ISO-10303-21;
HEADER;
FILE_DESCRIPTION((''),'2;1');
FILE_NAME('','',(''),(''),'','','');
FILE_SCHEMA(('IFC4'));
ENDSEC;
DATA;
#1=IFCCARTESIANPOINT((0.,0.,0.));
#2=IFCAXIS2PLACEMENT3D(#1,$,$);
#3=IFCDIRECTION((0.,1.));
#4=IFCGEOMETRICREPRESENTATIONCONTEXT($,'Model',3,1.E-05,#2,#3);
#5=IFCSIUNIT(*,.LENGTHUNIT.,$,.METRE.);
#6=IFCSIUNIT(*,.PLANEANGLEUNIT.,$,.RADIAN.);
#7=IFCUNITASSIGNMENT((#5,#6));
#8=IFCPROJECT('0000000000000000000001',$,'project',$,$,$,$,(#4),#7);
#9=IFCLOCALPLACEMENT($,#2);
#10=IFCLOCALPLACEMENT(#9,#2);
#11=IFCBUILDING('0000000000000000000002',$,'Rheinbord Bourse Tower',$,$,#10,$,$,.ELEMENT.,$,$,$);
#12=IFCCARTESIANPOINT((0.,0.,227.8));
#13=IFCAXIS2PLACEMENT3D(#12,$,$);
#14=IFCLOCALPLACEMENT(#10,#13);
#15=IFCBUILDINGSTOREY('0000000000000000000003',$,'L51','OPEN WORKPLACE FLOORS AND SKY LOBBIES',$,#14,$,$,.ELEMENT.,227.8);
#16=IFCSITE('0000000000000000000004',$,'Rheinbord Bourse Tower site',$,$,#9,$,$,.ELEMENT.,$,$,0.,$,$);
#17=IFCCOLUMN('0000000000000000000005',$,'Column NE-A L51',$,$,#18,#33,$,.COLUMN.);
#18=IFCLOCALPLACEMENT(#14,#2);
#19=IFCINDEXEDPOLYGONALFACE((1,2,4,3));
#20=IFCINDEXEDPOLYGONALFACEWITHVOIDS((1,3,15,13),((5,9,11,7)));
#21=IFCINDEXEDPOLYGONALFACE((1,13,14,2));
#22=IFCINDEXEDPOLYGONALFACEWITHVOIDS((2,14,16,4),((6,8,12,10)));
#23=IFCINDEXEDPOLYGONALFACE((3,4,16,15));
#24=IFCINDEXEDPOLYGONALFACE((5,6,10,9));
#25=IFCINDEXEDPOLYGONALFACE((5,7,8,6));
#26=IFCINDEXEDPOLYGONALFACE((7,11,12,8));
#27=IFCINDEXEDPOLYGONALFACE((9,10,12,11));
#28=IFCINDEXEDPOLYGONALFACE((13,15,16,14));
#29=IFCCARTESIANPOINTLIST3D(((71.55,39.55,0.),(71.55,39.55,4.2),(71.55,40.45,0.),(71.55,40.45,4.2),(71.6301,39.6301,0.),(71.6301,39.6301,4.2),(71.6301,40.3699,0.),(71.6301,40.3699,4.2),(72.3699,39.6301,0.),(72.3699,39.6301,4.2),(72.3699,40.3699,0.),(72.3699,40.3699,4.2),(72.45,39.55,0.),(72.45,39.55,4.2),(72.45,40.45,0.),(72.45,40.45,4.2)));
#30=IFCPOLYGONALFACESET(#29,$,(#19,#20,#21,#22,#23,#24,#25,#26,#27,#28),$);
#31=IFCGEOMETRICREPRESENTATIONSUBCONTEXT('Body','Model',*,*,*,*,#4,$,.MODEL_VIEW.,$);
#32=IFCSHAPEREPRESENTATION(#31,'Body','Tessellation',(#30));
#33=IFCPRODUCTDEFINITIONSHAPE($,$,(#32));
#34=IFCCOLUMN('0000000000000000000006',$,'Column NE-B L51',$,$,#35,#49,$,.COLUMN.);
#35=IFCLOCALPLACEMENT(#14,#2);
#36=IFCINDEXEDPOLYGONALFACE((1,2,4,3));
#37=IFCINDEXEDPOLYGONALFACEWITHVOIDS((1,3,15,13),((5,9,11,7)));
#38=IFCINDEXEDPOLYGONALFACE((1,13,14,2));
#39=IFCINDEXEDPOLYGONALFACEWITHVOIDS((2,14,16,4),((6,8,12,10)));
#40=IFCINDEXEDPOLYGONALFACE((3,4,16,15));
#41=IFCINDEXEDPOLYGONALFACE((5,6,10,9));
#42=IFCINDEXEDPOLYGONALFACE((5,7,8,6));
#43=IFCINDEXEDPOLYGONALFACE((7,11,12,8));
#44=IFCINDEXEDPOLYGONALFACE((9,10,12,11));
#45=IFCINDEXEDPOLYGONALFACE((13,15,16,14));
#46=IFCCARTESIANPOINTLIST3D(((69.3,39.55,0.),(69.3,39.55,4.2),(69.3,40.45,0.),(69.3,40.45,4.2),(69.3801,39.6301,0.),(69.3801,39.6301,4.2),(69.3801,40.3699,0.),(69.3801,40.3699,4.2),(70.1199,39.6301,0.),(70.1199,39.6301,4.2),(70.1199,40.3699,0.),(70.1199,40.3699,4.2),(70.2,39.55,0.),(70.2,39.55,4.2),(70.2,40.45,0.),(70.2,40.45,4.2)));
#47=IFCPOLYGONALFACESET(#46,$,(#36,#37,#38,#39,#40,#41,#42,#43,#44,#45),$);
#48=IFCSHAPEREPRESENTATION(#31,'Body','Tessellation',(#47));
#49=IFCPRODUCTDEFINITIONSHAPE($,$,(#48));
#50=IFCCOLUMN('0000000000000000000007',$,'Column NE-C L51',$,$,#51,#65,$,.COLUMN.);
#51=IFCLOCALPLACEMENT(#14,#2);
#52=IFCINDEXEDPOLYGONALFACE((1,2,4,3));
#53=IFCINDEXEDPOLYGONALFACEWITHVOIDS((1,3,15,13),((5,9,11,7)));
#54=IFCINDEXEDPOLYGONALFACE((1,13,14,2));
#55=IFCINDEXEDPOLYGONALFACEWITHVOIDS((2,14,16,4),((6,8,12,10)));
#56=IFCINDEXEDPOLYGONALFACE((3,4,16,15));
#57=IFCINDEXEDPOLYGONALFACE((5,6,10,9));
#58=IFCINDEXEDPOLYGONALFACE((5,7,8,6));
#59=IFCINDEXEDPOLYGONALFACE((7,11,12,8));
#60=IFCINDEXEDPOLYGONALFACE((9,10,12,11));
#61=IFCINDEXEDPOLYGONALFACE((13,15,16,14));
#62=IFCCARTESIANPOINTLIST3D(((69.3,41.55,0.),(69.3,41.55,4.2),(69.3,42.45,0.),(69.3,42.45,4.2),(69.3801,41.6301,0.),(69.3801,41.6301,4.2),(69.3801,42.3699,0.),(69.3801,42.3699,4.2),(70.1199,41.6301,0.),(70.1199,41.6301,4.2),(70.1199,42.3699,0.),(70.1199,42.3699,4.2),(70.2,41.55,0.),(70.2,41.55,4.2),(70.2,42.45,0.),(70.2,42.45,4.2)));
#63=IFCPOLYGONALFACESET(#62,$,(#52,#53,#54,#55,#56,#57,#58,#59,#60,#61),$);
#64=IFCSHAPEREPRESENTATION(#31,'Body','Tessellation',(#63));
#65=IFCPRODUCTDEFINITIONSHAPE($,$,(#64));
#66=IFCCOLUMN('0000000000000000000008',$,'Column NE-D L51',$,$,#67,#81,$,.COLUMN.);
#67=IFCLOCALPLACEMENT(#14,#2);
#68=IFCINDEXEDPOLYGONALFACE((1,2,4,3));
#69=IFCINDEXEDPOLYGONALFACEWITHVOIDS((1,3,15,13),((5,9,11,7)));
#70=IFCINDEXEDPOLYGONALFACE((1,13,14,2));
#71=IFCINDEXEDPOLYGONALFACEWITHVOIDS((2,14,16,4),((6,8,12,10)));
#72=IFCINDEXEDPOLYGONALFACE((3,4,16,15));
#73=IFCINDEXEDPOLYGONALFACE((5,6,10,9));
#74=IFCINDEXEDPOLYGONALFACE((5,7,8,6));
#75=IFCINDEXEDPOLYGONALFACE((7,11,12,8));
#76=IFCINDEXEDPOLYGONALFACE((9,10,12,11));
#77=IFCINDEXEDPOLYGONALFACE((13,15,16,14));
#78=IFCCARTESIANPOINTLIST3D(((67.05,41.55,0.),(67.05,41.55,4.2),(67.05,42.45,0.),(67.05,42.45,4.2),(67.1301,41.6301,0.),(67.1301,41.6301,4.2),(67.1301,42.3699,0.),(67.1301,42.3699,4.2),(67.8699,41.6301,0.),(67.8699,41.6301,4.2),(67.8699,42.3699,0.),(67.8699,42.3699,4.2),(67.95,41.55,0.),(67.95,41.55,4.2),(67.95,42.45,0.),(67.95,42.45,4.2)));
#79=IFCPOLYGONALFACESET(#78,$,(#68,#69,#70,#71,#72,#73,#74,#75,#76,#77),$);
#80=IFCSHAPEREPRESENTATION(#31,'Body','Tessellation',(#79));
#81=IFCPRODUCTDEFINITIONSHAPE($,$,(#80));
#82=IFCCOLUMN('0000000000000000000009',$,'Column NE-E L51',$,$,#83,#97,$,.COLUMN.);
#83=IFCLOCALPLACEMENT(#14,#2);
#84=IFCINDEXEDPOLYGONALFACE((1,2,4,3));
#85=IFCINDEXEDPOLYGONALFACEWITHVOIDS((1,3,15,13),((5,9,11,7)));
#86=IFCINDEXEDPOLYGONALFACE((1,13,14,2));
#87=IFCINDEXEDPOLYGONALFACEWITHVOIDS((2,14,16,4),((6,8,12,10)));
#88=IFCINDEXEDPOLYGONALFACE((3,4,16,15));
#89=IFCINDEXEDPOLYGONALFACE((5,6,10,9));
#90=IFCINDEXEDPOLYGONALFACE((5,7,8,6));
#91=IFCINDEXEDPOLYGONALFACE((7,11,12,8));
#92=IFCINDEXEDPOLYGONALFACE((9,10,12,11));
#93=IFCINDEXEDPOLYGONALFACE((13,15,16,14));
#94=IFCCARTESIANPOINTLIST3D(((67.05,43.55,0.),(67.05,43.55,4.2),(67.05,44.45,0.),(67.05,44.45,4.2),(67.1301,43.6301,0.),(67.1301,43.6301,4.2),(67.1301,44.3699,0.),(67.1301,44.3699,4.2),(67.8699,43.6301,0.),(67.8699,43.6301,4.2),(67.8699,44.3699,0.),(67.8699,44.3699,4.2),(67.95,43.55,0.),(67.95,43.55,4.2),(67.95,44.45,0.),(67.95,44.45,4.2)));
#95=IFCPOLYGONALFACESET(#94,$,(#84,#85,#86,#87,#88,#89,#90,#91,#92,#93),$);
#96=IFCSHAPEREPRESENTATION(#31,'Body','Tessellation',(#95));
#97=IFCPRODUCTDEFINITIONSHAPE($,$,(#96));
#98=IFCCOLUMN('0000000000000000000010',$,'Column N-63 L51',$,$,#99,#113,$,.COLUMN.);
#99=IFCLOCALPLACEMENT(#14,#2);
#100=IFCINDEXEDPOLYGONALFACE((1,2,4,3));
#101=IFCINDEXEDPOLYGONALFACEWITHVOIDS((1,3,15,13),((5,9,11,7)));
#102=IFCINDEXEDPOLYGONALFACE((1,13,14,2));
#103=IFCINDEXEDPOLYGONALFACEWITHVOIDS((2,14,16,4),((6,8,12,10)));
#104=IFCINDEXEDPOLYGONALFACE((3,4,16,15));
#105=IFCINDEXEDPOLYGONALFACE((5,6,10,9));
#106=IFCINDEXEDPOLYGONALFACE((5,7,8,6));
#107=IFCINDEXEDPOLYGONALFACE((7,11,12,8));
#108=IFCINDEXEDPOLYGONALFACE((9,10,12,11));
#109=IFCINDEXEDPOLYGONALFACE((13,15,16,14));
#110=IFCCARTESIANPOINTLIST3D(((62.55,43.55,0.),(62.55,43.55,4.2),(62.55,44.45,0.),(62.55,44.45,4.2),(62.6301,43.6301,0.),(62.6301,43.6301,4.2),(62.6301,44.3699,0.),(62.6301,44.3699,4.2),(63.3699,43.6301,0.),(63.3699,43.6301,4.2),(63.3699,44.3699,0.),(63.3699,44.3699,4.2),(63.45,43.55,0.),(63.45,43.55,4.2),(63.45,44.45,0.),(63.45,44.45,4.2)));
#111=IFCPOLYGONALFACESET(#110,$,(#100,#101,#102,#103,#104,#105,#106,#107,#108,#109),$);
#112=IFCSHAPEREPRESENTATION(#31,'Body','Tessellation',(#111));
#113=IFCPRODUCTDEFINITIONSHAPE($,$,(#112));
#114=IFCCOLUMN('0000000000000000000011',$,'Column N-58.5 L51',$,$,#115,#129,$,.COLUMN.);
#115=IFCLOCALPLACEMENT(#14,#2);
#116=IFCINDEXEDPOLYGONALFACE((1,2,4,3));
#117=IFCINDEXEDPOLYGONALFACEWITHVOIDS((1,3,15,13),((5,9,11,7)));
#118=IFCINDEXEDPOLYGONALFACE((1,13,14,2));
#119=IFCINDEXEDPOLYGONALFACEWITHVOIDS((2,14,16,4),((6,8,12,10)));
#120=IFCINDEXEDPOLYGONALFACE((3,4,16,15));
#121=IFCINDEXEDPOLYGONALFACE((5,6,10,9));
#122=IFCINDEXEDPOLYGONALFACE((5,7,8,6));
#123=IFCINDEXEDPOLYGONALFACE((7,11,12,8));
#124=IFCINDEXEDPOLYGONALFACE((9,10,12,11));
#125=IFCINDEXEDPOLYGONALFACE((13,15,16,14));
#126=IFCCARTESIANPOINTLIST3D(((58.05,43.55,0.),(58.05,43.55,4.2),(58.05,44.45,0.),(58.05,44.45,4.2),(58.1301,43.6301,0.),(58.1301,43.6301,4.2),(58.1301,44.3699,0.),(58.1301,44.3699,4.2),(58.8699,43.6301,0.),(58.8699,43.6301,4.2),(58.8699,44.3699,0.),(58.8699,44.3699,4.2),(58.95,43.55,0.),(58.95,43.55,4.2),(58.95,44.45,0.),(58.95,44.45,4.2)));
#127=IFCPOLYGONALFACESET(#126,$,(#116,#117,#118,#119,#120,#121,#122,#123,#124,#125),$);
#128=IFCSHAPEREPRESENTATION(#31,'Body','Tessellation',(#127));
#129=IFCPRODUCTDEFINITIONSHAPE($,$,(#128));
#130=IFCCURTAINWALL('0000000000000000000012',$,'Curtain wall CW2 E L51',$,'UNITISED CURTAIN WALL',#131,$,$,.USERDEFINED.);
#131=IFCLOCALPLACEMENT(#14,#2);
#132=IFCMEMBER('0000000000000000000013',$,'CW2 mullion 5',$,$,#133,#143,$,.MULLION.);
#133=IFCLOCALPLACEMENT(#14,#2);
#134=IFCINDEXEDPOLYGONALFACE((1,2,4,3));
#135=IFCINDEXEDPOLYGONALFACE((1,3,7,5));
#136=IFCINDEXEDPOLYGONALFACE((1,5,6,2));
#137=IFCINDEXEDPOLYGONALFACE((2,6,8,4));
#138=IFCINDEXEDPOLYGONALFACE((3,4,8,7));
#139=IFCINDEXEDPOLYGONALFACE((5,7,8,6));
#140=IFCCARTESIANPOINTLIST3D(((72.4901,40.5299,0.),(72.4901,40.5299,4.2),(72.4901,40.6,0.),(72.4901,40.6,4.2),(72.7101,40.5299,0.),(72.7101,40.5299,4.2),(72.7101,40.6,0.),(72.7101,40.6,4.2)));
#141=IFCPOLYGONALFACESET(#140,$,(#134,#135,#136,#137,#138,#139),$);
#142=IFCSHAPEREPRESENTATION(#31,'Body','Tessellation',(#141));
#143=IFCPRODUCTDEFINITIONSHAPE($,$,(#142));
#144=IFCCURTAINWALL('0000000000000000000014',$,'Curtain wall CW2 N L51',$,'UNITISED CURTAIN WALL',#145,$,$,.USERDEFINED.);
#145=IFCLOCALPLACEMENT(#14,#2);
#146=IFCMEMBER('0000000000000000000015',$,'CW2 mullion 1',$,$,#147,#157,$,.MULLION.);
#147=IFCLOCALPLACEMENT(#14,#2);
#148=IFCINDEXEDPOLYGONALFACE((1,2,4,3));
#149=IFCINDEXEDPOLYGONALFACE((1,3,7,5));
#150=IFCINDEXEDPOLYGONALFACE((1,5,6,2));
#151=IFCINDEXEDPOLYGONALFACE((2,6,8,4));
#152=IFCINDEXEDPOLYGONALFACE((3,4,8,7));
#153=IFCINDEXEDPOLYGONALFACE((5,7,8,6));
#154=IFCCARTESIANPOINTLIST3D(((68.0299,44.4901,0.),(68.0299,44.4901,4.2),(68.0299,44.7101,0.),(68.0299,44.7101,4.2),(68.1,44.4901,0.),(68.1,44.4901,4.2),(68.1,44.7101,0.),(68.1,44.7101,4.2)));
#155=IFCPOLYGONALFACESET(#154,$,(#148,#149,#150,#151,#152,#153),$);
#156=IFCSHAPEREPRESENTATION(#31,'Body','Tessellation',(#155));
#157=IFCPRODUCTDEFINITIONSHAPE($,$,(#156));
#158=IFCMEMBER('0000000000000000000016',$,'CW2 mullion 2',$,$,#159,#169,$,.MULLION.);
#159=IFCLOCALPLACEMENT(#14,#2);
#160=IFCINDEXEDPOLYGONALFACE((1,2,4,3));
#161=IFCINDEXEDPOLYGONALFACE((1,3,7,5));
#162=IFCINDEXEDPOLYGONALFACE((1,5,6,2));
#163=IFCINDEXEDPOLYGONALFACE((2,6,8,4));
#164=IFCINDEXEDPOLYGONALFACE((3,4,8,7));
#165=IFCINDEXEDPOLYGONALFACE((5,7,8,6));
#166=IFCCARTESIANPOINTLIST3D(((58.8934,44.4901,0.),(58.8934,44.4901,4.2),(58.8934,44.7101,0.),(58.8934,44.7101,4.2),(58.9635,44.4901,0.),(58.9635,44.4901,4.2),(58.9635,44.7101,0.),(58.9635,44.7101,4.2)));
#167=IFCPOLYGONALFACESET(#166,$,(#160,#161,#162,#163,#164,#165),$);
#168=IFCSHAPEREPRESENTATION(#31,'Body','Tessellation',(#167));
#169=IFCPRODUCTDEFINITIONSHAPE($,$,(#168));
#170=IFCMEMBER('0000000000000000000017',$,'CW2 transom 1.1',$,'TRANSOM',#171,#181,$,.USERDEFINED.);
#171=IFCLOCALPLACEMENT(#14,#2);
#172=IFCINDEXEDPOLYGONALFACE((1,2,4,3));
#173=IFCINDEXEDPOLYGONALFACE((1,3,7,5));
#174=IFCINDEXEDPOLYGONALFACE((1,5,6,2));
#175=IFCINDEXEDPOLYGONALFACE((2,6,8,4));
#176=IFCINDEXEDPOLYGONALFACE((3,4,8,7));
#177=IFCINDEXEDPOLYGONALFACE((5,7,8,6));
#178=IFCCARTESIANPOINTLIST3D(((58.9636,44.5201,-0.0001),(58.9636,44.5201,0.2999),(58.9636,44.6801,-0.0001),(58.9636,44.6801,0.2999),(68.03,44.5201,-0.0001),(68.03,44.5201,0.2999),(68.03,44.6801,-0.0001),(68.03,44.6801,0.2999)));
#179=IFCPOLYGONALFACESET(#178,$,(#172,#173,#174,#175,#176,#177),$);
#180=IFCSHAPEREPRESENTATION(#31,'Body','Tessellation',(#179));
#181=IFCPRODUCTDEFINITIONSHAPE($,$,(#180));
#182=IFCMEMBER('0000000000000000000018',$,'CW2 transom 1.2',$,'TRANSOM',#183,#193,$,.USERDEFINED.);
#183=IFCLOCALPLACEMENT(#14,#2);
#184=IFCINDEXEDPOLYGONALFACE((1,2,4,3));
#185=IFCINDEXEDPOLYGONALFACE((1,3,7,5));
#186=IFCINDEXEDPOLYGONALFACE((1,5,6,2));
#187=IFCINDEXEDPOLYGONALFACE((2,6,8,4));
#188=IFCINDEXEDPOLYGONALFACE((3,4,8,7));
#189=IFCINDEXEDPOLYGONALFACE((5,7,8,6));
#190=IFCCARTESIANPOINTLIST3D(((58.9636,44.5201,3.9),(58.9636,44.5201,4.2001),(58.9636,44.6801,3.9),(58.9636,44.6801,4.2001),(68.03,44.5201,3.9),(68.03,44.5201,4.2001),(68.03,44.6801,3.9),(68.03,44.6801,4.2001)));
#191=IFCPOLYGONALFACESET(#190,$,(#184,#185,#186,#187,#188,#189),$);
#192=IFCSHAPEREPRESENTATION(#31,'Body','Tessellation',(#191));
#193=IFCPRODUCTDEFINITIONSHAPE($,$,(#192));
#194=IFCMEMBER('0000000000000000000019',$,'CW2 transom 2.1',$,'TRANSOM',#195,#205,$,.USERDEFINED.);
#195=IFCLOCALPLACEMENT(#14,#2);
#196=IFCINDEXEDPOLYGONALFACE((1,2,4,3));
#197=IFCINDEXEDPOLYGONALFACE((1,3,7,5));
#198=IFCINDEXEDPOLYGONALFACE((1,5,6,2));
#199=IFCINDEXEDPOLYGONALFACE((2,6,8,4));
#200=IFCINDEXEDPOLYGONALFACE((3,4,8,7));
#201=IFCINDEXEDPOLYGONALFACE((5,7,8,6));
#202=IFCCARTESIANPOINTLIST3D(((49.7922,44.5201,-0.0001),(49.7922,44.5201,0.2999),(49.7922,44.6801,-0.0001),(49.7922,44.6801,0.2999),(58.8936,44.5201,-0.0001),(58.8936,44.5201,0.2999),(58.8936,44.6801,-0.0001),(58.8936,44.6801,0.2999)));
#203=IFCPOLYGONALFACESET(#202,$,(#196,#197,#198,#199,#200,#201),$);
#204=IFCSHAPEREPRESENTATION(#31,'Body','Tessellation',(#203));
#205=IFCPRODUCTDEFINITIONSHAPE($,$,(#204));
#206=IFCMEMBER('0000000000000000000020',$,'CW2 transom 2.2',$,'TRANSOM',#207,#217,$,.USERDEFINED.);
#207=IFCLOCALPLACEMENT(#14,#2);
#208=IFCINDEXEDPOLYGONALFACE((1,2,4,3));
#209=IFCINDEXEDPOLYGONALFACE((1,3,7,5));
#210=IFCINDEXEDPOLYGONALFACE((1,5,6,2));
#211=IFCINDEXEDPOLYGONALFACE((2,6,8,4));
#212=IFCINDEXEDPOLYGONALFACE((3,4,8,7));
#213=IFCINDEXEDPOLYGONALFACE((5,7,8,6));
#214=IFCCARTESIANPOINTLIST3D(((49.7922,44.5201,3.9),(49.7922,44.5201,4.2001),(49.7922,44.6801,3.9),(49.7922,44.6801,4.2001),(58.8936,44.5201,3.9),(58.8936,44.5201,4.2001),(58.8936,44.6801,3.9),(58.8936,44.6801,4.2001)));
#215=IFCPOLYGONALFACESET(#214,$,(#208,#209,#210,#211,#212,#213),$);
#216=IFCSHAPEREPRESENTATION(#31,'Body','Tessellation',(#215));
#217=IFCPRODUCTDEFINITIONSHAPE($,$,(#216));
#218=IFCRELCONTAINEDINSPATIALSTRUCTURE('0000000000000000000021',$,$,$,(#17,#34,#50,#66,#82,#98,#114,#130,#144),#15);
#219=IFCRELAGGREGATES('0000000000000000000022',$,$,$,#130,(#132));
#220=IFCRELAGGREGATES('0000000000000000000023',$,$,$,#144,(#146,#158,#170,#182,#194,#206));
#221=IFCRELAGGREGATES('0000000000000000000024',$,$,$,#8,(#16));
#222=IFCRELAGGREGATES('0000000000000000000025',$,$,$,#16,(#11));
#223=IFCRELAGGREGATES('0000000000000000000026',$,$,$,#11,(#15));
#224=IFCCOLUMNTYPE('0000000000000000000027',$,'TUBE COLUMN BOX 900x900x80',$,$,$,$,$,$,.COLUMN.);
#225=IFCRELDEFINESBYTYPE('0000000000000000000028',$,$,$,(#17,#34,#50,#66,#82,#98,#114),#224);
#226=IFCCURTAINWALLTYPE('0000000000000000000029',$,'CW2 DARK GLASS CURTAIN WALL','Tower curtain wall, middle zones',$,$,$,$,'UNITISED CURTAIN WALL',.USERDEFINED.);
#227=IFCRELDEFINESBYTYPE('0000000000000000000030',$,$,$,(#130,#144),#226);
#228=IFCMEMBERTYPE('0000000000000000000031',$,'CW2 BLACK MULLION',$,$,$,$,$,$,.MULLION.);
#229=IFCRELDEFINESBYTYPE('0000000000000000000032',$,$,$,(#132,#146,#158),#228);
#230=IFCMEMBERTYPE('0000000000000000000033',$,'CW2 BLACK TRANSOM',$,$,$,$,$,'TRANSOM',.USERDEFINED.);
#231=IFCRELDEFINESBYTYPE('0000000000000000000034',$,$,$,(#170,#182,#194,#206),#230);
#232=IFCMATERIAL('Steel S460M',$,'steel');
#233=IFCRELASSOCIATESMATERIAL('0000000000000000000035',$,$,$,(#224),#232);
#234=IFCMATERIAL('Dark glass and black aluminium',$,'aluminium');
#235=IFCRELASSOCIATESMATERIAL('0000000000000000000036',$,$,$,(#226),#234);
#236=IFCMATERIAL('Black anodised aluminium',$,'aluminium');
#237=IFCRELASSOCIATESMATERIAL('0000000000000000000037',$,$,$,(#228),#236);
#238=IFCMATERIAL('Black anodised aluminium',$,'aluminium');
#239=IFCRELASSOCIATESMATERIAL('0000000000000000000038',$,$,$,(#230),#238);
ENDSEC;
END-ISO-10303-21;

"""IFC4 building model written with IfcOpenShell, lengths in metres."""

from ifc_helpers import new_model, si_unit, direction, frame, origin, origin_2d, place, context, subcontext, project, spatial, rectangle, hollow_rectangle, extrude, material, material_profile, profile_set, type_object, element, aggregate, save


model = new_model("IFC4")

# Units and contexts
model_context = context("Model", 3, precision=1e-05, world=origin(), true_north=direction((0.0, 1.0)))
body_context = subcontext(model_context, "Body", "Model", "MODEL_VIEW")
ifc_project = project(units=[si_unit("LENGTHUNIT", "METRE"), si_unit("PLANEANGLEUNIT", "RADIAN")], contexts=[model_context])

# Site, building, storey
site_placement = place(None, origin())
site = spatial("IfcSite", under=ifc_project, at=site_placement, Name="Rheinbord Bourse Tower site", CompositionType="ELEMENT", RefElevation=0.0)
building_placement = place(site_placement, origin())
building = spatial("IfcBuilding", under=site, at=building_placement, Name="Rheinbord Bourse Tower", CompositionType="ELEMENT")
storey_placement = place(building_placement, frame((0.0, 0.0, 227.8)))
storey = spatial("IfcBuildingStorey", under=building, at=storey_placement, Name="L51", Description="OPEN WORKPLACE FLOORS AND SKY LOBBIES", CompositionType="ELEMENT", Elevation=227.8)

# Columns
ifc_material_1 = material(Name="Steel S460M", Category="steel")
ifc_material_profile_1 = material_profile(ifc_material_1, hollow_rectangle(XDim=0.8999, YDim=0.8999, WallThickness=0.0801, at=origin_2d()), Name="BOX 900x900x80")
ifc_profile_set_1 = profile_set([ifc_material_profile_1], Name="Steel S460M")
column_type = type_object("IfcColumnType", Name="TUBE COLUMN BOX 900x900x80", PredefinedType="COLUMN", material=ifc_profile_set_1)
for number, where, z_axis, x_axis, name in (
    (1, (72.0, 40.0, 0.0), (0.0, 0.0, 1.0), (1.0, 0.0, 0.0), "Column NE-A L51"),
    (2, (69.75, 40.0, 0.0), (0.0, 0.0, 1.0), (1.0, 0.0, 0.0), "Column NE-B L51"),
    (3, (69.75, 42.0, 0.0), (0.0, 0.0, 1.0), (1.0, 0.0, 0.0), "Column NE-C L51"),
    (4, (67.5, 42.0, 0.0), (0.0, 0.0, 1.0), (0.0, 1.0, 0.0), "Column NE-D L51"),
    (5, (67.5, 44.0, 0.0), (0.0, 0.0, 1.0), (0.0, 1.0, 0.0), "Column NE-E L51"),
    (6, (63.0, 44.0, 0.0), (0.0, 0.0, 1.0), (0.0, 1.0, 0.0), "Column N-63 L51"),
    (7, (58.5, 44.0, 0.0), (0.0, 0.0, 1.0), (0.0, 1.0, 0.0), "Column N-58.5 L51"),
):
    element("IfcColumn", number, at=place(storey_placement, frame(where, z_axis=z_axis, x_axis=x_axis)), inside=storey, type_object=column_type, Name=name, PredefinedType="COLUMN", context=body_context, shape_type="SweptSolid", body=[
        extrude(hollow_rectangle(XDim=0.8999, YDim=0.8999, WallThickness=0.0801, at=origin_2d()), origin(), (0.0, 0.0, 1.0), 4.2),
    ])

# Curtain wall, member
ifc_material_2 = material(Name="Dark glass and black aluminium", Category="aluminium")
curtain_wall_type = type_object("IfcCurtainWallType", Name="CW2 DARK GLASS CURTAIN WALL", Description="Tower curtain wall, middle zones", ElementType="UNITISED CURTAIN WALL", PredefinedType="USERDEFINED", material=ifc_material_2)
curtain_wall_1_placement = place(storey_placement, origin())
curtain_wall_1 = element("IfcCurtainWall", 8, at=curtain_wall_1_placement, inside=storey, type_object=curtain_wall_type, Name="Curtain wall CW2 E L51", ObjectType="UNITISED CURTAIN WALL", PredefinedType="USERDEFINED")
ifc_material_3 = material(Name="Black anodised aluminium", Category="aluminium")
ifc_material_profile_2 = material_profile(ifc_material_3, rectangle(XDim=0.22, YDim=0.0701, at=origin_2d()), Name="CW2 MULLION 70x220")
ifc_profile_set_2 = profile_set([ifc_material_profile_2], Name="Black anodised aluminium")
member_type_1 = type_object("IfcMemberType", Name="CW2 BLACK MULLION", PredefinedType="MULLION", material=ifc_profile_set_2)
member_1_placement = place(storey_placement, frame((72.6001, 40.5649, 0.0), z_axis=(0.0, 0.0, 1.0), x_axis=(-1.0, 0.0, 0.0)))
member_1 = element("IfcMember", 9, at=member_1_placement, type_object=member_type_1, Name="CW2 mullion 5", PredefinedType="MULLION", context=body_context, shape_type="SweptSolid", body=[
    extrude(rectangle(XDim=0.22, YDim=0.0701, at=origin_2d()), origin(), (0.0, 0.0, 1.0), 4.2),
])

# Curtain wall, members
curtain_wall_2_placement = place(storey_placement, origin())
curtain_wall_2 = element("IfcCurtainWall", 10, at=curtain_wall_2_placement, inside=storey, type_object=curtain_wall_type, Name="Curtain wall CW2 N L51", ObjectType="UNITISED CURTAIN WALL", PredefinedType="USERDEFINED")
member_2_placement = place(storey_placement, frame((68.0649, 44.6001, 0.0), z_axis=(0.0, 0.0, 1.0), x_axis=(0.0, -1.0, 0.0)))
member_2 = element("IfcMember", 11, at=member_2_placement, type_object=member_type_1, Name="CW2 mullion 1", PredefinedType="MULLION", context=body_context, shape_type="SweptSolid", body=[
    extrude(rectangle(XDim=0.22, YDim=0.0701, at=origin_2d()), origin(), (0.0, 0.0, 1.0), 4.2),
])
member_3_placement = place(storey_placement, frame((58.9285, 44.6001, 0.0), z_axis=(0.0, 0.0, 1.0), x_axis=(0.0, -1.0, 0.0)))
member_3 = element("IfcMember", 12, at=member_3_placement, type_object=member_type_1, Name="CW2 mullion 2", PredefinedType="MULLION", context=body_context, shape_type="SweptSolid", body=[
    extrude(rectangle(XDim=0.22, YDim=0.0701, at=origin_2d()), origin(), (0.0, 0.0, 1.0), 4.2),
])
ifc_material_4 = material(Name="Black anodised aluminium", Category="aluminium")
ifc_material_profile_3 = material_profile(ifc_material_4, rectangle(XDim=0.1599, YDim=0.3, at=origin_2d()), Name="CW2 TRANSOM 300x160")
ifc_profile_set_3 = profile_set([ifc_material_profile_3], Name="Black anodised aluminium")
member_type_2 = type_object("IfcMemberType", Name="CW2 BLACK TRANSOM", ElementType="TRANSOM", PredefinedType="USERDEFINED", material=ifc_profile_set_3)
member_4_placement = place(storey_placement, frame((68.03, 44.6001, 0.1499), z_axis=(-1.0, 0.0, 0.0), x_axis=(0.0, -1.0, 0.0)))
member_4 = element("IfcMember", 13, at=member_4_placement, type_object=member_type_2, Name="CW2 transom 1.1", ObjectType="TRANSOM", PredefinedType="USERDEFINED", context=body_context, shape_type="SweptSolid", body=[
    extrude(rectangle(XDim=0.1599, YDim=0.3, at=origin_2d()), origin(), (0.0, 0.0, 1.0), 9.0664),
])
member_5_placement = place(storey_placement, frame((68.03, 44.6001, 4.05), z_axis=(-1.0, 0.0, 0.0), x_axis=(0.0, -1.0, 0.0)))
member_5 = element("IfcMember", 14, at=member_5_placement, type_object=member_type_2, Name="CW2 transom 1.2", ObjectType="TRANSOM", PredefinedType="USERDEFINED", context=body_context, shape_type="SweptSolid", body=[
    extrude(rectangle(XDim=0.1599, YDim=0.3, at=origin_2d()), origin(), (0.0, 0.0, 1.0), 9.0664),
])
member_6_placement = place(storey_placement, frame((58.8936, 44.6001, 0.1499), z_axis=(-1.0, 0.0, 0.0), x_axis=(0.0, -1.0, 0.0)))
member_6 = element("IfcMember", 15, at=member_6_placement, type_object=member_type_2, Name="CW2 transom 2.1", ObjectType="TRANSOM", PredefinedType="USERDEFINED", context=body_context, shape_type="SweptSolid", body=[
    extrude(rectangle(XDim=0.1599, YDim=0.3, at=origin_2d()), origin(), (0.0, 0.0, 1.0), 9.1013),
])
member_7_placement = place(storey_placement, frame((58.8936, 44.6001, 4.05), z_axis=(-1.0, 0.0, 0.0), x_axis=(0.0, -1.0, 0.0)))
member_7 = element("IfcMember", 16, at=member_7_placement, type_object=member_type_2, Name="CW2 transom 2.2", ObjectType="TRANSOM", PredefinedType="USERDEFINED", context=body_context, shape_type="SweptSolid", body=[
    extrude(rectangle(XDim=0.1599, YDim=0.3, at=origin_2d()), origin(), (0.0, 0.0, 1.0), 9.1013),
])

aggregate(curtain_wall_1, [member_1])
aggregate(curtain_wall_2, [member_2, member_3, member_4, member_5, member_6, member_7])

save(model, "model.ifc")
